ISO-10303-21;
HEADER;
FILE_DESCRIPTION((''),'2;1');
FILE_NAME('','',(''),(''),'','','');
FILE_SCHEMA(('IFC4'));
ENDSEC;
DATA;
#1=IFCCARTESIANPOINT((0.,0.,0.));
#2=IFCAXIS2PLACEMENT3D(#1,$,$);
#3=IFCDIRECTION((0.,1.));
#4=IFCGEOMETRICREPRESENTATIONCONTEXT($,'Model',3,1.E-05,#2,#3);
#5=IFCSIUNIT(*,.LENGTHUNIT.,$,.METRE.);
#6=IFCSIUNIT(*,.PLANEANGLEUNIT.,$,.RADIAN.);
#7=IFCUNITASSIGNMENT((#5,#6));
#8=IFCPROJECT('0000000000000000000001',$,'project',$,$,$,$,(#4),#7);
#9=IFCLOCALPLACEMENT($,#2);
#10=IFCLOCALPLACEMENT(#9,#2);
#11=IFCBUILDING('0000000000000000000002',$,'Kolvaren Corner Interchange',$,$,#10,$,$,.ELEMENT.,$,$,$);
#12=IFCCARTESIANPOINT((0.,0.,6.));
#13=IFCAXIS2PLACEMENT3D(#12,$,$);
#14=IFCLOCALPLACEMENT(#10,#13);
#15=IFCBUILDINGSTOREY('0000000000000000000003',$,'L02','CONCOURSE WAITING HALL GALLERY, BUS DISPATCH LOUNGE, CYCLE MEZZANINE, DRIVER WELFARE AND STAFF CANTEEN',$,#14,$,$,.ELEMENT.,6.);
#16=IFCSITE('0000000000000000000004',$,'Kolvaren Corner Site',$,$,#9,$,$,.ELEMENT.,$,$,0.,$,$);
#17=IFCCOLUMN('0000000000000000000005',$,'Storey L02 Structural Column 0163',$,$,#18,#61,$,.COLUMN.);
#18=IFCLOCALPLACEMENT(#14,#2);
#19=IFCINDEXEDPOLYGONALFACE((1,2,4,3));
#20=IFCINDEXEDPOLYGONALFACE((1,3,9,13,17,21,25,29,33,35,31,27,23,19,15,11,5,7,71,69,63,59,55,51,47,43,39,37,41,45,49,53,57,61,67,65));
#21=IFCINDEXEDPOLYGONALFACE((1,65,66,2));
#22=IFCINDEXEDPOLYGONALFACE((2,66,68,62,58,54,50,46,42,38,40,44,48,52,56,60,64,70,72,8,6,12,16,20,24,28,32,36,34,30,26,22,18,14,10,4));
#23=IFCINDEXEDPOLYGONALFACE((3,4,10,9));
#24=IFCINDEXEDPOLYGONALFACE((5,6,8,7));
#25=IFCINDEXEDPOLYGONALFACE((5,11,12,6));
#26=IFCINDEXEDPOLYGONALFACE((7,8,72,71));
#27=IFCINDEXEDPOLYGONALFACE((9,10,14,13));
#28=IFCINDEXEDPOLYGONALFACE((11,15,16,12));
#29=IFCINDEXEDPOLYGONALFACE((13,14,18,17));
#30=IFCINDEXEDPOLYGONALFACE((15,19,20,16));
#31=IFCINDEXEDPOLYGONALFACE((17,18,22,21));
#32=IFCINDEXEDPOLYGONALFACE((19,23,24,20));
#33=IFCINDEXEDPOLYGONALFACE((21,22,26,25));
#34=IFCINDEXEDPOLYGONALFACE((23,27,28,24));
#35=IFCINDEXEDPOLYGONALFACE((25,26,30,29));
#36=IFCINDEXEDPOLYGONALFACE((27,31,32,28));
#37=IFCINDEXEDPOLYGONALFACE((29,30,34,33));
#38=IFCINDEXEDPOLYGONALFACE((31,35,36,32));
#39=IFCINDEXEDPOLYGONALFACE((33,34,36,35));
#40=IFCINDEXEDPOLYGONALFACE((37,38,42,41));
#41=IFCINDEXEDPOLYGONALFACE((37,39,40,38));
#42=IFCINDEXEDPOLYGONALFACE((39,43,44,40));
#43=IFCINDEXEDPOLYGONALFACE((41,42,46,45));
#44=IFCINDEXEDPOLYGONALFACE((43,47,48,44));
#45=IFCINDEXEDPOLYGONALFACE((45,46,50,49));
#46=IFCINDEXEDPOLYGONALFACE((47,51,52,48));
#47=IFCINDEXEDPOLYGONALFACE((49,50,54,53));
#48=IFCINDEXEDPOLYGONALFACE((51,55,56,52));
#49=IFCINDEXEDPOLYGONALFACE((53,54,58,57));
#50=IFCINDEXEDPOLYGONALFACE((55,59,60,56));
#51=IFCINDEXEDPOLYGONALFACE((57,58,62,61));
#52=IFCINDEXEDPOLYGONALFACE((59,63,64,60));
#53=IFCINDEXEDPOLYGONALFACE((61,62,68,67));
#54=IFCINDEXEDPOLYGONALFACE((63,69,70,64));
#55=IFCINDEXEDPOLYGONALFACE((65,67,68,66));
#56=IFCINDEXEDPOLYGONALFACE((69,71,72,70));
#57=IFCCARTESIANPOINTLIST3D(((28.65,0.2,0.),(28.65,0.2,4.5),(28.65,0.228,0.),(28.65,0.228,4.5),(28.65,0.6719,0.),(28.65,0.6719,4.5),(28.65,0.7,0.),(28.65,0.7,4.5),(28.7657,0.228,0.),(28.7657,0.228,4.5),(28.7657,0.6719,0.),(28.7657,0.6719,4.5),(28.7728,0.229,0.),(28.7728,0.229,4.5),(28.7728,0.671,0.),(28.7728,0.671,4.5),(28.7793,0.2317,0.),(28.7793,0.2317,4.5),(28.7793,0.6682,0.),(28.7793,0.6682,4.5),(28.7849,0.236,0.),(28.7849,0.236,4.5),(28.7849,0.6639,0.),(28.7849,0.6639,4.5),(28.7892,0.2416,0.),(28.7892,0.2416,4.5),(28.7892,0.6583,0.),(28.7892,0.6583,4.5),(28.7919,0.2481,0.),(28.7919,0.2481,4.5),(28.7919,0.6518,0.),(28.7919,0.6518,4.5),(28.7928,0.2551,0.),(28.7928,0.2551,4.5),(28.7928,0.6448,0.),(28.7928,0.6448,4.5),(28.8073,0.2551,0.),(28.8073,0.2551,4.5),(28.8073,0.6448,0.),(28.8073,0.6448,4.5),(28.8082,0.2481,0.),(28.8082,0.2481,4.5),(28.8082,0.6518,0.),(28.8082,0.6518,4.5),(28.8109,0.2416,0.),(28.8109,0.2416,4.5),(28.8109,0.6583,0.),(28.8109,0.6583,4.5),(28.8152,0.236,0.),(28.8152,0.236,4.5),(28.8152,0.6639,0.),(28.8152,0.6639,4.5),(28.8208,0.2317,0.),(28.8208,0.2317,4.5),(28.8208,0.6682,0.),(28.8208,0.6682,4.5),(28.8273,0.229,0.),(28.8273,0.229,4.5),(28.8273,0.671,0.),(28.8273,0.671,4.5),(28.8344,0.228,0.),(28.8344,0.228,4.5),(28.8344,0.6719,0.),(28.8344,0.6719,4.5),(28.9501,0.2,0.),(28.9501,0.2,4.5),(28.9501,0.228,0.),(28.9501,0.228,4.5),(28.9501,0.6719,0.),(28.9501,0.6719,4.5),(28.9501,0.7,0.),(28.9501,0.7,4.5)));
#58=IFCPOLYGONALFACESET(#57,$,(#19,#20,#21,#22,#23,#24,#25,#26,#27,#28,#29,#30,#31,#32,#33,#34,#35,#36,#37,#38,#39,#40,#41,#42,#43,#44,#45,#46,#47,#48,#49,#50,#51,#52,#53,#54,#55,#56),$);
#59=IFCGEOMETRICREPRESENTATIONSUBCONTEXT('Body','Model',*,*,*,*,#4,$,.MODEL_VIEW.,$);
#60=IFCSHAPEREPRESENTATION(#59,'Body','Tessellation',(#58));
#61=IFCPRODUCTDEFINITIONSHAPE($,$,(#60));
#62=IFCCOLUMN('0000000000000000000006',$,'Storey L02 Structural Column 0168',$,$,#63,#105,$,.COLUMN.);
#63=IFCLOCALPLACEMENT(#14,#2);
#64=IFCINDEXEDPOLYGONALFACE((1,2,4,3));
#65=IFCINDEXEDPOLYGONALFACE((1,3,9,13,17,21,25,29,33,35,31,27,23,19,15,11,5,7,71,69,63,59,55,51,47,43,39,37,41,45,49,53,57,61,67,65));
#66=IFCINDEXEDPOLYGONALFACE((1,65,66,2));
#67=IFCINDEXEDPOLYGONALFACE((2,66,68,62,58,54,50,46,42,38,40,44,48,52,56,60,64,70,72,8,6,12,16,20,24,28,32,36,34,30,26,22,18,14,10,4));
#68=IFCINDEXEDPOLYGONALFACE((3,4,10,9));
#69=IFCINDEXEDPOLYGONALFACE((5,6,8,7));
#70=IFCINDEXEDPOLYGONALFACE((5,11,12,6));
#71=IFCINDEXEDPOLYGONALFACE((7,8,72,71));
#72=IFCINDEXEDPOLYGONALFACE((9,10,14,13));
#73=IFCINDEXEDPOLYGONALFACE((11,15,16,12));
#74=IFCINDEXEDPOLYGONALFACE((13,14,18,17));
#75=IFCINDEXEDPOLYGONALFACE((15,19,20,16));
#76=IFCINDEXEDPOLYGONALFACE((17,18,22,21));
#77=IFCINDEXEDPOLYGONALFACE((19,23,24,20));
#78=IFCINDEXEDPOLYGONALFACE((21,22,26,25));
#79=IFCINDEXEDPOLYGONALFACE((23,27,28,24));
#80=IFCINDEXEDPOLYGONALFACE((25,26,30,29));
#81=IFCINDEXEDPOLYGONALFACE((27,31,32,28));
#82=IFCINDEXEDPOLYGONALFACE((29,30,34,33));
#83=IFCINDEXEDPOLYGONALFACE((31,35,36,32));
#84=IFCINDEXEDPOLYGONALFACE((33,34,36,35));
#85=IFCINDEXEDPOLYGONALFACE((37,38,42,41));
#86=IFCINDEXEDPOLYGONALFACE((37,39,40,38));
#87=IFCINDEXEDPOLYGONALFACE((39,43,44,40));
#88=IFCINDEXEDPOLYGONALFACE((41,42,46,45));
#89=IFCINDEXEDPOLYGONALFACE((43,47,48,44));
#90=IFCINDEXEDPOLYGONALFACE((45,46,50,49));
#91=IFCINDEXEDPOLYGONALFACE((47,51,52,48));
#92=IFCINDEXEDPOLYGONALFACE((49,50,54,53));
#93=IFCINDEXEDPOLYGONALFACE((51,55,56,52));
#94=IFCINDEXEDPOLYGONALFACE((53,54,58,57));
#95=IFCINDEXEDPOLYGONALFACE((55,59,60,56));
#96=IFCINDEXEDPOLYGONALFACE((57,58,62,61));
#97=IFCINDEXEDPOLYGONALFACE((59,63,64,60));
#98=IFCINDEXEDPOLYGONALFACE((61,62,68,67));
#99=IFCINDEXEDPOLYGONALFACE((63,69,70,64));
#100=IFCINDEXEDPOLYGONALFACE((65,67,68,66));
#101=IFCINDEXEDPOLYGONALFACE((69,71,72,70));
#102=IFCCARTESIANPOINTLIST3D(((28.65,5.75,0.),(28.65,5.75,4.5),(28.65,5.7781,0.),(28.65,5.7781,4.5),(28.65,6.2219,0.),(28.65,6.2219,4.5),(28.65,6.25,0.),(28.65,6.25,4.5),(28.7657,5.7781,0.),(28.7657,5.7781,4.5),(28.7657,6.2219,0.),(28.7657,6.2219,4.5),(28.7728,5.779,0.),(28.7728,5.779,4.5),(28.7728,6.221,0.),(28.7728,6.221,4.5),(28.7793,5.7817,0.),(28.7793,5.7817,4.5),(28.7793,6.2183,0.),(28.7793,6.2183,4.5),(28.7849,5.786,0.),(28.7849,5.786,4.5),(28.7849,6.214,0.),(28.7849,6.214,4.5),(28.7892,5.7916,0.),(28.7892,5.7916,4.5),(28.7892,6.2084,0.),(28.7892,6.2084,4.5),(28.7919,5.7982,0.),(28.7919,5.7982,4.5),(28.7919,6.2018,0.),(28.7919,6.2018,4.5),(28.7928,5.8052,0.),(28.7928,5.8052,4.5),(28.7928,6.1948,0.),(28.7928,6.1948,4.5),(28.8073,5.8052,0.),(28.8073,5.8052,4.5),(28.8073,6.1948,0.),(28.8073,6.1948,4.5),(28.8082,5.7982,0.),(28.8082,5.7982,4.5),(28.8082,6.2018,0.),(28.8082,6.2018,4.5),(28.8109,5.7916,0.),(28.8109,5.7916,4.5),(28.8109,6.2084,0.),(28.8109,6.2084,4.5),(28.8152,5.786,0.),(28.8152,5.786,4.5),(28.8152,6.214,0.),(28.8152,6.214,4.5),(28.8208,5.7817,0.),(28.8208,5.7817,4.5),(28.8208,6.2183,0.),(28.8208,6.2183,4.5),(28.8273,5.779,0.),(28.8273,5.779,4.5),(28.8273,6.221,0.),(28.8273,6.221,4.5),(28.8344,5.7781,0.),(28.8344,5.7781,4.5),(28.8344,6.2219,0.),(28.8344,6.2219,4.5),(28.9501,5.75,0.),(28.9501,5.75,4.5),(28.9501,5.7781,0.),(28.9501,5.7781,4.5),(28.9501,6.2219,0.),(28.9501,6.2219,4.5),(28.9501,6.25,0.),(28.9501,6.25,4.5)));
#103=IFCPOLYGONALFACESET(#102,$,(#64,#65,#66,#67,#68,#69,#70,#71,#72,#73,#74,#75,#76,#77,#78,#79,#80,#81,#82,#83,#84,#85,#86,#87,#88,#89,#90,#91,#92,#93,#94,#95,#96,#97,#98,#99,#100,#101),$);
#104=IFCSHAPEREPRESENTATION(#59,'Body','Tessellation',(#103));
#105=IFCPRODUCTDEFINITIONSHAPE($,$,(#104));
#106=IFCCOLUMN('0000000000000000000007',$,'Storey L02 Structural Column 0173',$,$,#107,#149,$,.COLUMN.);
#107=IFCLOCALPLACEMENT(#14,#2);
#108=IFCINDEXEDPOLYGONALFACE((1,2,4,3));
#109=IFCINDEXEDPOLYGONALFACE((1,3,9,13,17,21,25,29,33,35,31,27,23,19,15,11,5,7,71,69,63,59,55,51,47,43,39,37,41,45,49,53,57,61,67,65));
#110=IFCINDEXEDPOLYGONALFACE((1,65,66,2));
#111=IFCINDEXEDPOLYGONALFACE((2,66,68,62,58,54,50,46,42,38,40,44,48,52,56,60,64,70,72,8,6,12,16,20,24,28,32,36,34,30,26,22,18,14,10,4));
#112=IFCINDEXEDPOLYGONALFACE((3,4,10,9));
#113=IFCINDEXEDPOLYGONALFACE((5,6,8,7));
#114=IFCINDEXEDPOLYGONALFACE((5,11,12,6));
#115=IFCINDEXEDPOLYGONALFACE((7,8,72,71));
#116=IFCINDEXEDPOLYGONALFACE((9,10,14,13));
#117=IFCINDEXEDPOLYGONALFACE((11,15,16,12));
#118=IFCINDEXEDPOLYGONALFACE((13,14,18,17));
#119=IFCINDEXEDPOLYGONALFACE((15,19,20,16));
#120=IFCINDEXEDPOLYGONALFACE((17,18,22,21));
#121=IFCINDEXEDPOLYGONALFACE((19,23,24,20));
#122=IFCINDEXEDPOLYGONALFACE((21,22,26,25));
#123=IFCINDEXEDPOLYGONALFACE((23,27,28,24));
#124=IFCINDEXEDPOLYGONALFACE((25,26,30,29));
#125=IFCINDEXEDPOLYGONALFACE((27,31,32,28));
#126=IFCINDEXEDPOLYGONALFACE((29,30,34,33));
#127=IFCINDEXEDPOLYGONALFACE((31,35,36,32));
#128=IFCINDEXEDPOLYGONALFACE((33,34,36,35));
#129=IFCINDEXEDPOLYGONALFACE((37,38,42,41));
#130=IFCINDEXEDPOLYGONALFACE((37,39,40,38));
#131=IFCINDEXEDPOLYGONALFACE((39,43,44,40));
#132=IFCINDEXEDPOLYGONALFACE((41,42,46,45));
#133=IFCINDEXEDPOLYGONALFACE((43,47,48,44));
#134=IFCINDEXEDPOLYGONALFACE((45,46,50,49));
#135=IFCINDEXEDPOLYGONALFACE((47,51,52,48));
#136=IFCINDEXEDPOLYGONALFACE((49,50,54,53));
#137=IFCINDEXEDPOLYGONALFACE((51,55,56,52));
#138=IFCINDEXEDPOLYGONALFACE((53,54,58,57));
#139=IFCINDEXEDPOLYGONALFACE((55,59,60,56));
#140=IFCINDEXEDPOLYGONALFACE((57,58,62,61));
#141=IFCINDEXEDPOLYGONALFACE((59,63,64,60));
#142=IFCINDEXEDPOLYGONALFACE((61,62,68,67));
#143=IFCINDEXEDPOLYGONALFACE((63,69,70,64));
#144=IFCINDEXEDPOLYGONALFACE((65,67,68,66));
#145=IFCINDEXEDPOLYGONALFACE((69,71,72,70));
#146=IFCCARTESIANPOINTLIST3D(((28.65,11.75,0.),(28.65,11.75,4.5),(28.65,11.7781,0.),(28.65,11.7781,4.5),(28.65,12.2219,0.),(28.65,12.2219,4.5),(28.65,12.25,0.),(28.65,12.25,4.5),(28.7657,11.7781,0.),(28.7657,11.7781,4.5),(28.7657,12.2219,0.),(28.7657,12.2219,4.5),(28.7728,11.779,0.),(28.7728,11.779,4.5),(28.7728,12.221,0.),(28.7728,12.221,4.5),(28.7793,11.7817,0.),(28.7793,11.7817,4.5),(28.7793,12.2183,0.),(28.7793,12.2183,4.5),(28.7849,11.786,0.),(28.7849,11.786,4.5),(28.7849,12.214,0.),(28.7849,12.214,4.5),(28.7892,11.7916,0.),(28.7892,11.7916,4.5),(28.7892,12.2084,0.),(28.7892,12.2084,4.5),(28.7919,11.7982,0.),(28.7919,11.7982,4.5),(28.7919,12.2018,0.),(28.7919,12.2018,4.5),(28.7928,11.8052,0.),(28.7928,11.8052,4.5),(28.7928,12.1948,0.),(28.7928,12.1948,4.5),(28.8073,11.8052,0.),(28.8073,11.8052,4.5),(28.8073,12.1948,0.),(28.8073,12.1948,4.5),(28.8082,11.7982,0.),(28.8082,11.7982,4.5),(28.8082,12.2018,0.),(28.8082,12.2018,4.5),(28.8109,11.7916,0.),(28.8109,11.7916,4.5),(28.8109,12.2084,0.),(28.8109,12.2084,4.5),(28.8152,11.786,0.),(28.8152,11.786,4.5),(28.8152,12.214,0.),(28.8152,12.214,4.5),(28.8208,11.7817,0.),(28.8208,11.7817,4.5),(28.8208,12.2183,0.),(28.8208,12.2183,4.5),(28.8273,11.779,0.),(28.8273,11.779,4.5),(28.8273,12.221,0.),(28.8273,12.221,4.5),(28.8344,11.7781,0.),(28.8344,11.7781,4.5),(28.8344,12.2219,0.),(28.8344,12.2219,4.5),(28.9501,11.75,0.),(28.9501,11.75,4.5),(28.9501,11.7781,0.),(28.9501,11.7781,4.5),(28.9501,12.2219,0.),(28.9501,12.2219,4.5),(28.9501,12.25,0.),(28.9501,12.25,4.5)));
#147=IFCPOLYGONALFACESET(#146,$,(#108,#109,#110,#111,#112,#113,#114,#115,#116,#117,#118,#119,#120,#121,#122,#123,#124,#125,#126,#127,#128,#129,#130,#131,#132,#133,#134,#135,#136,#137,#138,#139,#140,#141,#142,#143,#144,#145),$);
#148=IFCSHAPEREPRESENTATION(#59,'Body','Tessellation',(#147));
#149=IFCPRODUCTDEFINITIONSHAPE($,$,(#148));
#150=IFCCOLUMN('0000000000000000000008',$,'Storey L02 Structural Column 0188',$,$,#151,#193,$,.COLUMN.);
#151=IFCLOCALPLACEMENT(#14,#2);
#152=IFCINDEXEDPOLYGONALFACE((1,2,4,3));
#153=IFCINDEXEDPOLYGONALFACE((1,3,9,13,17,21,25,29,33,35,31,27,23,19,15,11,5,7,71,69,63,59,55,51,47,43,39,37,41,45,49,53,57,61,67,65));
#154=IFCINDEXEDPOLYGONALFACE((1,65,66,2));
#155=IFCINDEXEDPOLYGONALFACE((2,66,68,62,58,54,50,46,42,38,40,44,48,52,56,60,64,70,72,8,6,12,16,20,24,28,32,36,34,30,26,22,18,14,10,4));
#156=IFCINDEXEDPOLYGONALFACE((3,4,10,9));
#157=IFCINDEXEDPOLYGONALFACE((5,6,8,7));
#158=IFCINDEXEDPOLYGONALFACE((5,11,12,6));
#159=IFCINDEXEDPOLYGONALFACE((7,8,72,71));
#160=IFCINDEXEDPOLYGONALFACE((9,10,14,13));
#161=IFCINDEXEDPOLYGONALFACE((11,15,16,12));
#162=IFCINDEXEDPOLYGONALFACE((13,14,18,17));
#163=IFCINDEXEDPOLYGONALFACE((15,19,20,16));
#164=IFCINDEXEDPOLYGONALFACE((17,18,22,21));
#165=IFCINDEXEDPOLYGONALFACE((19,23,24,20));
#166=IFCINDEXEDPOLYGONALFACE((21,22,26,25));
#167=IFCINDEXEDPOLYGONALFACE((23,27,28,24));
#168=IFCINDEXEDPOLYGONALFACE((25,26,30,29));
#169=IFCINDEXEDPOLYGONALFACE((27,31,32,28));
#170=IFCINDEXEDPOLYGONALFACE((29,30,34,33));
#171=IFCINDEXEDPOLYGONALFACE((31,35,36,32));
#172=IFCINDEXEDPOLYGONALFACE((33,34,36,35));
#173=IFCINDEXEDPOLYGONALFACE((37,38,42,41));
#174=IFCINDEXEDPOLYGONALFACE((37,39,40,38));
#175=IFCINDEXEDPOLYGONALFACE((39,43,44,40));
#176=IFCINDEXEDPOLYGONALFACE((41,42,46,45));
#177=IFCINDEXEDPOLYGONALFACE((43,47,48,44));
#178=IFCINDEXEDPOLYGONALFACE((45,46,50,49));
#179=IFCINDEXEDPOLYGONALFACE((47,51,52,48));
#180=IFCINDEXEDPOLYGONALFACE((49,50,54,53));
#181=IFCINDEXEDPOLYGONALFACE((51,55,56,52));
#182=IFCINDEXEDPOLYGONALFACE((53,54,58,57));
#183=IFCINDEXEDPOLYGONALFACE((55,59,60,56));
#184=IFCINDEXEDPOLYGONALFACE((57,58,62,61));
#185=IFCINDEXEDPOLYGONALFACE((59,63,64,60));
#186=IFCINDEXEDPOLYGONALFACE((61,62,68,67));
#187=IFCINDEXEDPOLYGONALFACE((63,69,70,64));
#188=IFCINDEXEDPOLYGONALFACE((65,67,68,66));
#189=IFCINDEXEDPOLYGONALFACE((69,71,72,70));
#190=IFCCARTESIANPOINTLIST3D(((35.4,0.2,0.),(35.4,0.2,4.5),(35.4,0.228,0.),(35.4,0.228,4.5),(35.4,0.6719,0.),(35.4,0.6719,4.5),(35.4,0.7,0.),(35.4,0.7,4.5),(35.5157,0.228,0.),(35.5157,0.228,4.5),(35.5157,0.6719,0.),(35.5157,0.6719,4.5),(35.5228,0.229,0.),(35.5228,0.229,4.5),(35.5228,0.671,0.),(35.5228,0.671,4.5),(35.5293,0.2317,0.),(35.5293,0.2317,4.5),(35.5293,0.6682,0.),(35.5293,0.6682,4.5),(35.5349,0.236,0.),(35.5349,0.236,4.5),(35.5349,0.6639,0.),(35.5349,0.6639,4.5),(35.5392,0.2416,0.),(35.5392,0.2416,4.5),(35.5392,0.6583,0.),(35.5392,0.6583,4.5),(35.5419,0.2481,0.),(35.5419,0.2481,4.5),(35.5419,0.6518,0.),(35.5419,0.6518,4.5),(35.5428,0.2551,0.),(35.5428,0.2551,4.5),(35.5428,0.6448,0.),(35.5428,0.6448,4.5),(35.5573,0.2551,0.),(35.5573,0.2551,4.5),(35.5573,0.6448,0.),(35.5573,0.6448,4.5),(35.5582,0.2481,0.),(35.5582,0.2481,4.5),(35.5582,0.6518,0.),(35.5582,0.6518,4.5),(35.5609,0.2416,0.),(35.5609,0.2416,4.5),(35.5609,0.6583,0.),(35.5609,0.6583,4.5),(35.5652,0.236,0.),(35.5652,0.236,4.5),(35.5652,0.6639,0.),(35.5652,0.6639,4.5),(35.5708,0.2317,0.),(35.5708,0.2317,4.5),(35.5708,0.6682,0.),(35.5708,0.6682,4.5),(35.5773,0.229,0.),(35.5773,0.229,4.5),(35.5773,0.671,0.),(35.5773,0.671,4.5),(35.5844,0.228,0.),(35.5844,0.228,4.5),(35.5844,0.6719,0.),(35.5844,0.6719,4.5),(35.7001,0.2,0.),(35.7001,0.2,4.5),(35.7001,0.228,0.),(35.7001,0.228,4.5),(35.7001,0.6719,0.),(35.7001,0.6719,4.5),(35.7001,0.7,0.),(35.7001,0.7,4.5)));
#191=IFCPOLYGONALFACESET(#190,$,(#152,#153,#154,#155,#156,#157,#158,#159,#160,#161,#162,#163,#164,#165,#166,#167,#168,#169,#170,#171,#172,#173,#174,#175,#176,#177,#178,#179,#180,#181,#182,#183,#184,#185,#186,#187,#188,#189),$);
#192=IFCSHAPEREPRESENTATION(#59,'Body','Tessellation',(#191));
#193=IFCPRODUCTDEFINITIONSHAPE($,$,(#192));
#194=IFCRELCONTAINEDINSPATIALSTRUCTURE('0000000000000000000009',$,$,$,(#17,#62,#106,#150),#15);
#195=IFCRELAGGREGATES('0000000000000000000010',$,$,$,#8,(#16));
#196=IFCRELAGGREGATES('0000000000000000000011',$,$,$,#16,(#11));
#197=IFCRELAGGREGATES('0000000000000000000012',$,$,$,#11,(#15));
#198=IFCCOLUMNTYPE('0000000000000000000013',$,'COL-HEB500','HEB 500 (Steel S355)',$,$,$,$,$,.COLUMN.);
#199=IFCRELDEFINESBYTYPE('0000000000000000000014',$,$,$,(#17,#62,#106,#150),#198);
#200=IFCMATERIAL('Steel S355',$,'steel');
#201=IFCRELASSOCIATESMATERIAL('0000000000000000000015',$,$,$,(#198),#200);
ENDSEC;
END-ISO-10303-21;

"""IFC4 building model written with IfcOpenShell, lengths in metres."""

from ifc_helpers import new_model, si_unit, direction, frame, origin, origin_2d, place, context, subcontext, project, spatial, i_section, extrude, material, material_profile, profile_set, type_object, element, save


model = new_model("IFC4")

# Units and contexts
model_context = context("Model", 3, precision=1e-05, world=origin(), true_north=direction((0.0, 1.0)))
body_context = subcontext(model_context, "Body", "Model", "MODEL_VIEW")
ifc_project = project(units=[si_unit("LENGTHUNIT", "METRE"), si_unit("PLANEANGLEUNIT", "RADIAN")], contexts=[model_context])

# Site, building, storey
site_placement = place(None, origin())
site = spatial("IfcSite", under=ifc_project, at=site_placement, Name="Kolvaren Corner Site", CompositionType="ELEMENT", RefElevation=0.0)
building_placement = place(site_placement, origin())
building = spatial("IfcBuilding", under=site, at=building_placement, Name="Kolvaren Corner Interchange", CompositionType="ELEMENT")
storey_placement = place(building_placement, frame((0.0, 0.0, 6.0)))
storey = spatial("IfcBuildingStorey", under=building, at=storey_placement, Name="L02", Description="CONCOURSE WAITING HALL GALLERY, BUS DISPATCH LOUNGE, CYCLE MEZZANINE, DRIVER WELFARE AND STAFF CANTEEN", CompositionType="ELEMENT", Elevation=6.0)

# Columns
ifc_material_1 = material(Name="Steel S355", Category="steel")
ifc_material_profile_1 = material_profile(ifc_material_1, i_section(OverallWidth=0.3, OverallDepth=0.5, WebThickness=0.0144, FlangeThickness=0.0281, FilletRadius=0.0271, at=origin_2d()), Name="HEB 500")
ifc_profile_set_1 = profile_set([ifc_material_profile_1], Name="Steel S355")
column_type = type_object("IfcColumnType", Name="COL-HEB500", Description="HEB 500 (Steel S355)", PredefinedType="COLUMN", material=ifc_profile_set_1)
for number, where, z_axis, x_axis, name in (
    (1, (28.8, 0.45, 0.0), (0.0, 0.0, 1.0), (1.0, 0.0, 0.0), "Storey L02 Structural Column 0163"),
    (2, (28.8, 6.0, 0.0), (0.0, 0.0, 1.0), (1.0, 0.0, 0.0), "Storey L02 Structural Column 0168"),
    (3, (28.8, 12.0, 0.0), (0.0, 0.0, 1.0), (1.0, 0.0, 0.0), "Storey L02 Structural Column 0173"),
    (4, (35.55, 0.45, 0.0), (0.0, 0.0, 1.0), (1.0, 0.0, 0.0), "Storey L02 Structural Column 0188"),
):
    element("IfcColumn", number, at=place(storey_placement, frame(where, z_axis=z_axis, x_axis=x_axis)), inside=storey, type_object=column_type, Name=name, PredefinedType="COLUMN", context=body_context, shape_type="SweptSolid", body=[
        extrude(i_section(OverallWidth=0.3, OverallDepth=0.5, WebThickness=0.0144, FlangeThickness=0.0281, FilletRadius=0.0271, at=origin_2d()), origin(), (0.0, 0.0, 1.0), 4.5),
    ])

save(model, "model.ifc")
